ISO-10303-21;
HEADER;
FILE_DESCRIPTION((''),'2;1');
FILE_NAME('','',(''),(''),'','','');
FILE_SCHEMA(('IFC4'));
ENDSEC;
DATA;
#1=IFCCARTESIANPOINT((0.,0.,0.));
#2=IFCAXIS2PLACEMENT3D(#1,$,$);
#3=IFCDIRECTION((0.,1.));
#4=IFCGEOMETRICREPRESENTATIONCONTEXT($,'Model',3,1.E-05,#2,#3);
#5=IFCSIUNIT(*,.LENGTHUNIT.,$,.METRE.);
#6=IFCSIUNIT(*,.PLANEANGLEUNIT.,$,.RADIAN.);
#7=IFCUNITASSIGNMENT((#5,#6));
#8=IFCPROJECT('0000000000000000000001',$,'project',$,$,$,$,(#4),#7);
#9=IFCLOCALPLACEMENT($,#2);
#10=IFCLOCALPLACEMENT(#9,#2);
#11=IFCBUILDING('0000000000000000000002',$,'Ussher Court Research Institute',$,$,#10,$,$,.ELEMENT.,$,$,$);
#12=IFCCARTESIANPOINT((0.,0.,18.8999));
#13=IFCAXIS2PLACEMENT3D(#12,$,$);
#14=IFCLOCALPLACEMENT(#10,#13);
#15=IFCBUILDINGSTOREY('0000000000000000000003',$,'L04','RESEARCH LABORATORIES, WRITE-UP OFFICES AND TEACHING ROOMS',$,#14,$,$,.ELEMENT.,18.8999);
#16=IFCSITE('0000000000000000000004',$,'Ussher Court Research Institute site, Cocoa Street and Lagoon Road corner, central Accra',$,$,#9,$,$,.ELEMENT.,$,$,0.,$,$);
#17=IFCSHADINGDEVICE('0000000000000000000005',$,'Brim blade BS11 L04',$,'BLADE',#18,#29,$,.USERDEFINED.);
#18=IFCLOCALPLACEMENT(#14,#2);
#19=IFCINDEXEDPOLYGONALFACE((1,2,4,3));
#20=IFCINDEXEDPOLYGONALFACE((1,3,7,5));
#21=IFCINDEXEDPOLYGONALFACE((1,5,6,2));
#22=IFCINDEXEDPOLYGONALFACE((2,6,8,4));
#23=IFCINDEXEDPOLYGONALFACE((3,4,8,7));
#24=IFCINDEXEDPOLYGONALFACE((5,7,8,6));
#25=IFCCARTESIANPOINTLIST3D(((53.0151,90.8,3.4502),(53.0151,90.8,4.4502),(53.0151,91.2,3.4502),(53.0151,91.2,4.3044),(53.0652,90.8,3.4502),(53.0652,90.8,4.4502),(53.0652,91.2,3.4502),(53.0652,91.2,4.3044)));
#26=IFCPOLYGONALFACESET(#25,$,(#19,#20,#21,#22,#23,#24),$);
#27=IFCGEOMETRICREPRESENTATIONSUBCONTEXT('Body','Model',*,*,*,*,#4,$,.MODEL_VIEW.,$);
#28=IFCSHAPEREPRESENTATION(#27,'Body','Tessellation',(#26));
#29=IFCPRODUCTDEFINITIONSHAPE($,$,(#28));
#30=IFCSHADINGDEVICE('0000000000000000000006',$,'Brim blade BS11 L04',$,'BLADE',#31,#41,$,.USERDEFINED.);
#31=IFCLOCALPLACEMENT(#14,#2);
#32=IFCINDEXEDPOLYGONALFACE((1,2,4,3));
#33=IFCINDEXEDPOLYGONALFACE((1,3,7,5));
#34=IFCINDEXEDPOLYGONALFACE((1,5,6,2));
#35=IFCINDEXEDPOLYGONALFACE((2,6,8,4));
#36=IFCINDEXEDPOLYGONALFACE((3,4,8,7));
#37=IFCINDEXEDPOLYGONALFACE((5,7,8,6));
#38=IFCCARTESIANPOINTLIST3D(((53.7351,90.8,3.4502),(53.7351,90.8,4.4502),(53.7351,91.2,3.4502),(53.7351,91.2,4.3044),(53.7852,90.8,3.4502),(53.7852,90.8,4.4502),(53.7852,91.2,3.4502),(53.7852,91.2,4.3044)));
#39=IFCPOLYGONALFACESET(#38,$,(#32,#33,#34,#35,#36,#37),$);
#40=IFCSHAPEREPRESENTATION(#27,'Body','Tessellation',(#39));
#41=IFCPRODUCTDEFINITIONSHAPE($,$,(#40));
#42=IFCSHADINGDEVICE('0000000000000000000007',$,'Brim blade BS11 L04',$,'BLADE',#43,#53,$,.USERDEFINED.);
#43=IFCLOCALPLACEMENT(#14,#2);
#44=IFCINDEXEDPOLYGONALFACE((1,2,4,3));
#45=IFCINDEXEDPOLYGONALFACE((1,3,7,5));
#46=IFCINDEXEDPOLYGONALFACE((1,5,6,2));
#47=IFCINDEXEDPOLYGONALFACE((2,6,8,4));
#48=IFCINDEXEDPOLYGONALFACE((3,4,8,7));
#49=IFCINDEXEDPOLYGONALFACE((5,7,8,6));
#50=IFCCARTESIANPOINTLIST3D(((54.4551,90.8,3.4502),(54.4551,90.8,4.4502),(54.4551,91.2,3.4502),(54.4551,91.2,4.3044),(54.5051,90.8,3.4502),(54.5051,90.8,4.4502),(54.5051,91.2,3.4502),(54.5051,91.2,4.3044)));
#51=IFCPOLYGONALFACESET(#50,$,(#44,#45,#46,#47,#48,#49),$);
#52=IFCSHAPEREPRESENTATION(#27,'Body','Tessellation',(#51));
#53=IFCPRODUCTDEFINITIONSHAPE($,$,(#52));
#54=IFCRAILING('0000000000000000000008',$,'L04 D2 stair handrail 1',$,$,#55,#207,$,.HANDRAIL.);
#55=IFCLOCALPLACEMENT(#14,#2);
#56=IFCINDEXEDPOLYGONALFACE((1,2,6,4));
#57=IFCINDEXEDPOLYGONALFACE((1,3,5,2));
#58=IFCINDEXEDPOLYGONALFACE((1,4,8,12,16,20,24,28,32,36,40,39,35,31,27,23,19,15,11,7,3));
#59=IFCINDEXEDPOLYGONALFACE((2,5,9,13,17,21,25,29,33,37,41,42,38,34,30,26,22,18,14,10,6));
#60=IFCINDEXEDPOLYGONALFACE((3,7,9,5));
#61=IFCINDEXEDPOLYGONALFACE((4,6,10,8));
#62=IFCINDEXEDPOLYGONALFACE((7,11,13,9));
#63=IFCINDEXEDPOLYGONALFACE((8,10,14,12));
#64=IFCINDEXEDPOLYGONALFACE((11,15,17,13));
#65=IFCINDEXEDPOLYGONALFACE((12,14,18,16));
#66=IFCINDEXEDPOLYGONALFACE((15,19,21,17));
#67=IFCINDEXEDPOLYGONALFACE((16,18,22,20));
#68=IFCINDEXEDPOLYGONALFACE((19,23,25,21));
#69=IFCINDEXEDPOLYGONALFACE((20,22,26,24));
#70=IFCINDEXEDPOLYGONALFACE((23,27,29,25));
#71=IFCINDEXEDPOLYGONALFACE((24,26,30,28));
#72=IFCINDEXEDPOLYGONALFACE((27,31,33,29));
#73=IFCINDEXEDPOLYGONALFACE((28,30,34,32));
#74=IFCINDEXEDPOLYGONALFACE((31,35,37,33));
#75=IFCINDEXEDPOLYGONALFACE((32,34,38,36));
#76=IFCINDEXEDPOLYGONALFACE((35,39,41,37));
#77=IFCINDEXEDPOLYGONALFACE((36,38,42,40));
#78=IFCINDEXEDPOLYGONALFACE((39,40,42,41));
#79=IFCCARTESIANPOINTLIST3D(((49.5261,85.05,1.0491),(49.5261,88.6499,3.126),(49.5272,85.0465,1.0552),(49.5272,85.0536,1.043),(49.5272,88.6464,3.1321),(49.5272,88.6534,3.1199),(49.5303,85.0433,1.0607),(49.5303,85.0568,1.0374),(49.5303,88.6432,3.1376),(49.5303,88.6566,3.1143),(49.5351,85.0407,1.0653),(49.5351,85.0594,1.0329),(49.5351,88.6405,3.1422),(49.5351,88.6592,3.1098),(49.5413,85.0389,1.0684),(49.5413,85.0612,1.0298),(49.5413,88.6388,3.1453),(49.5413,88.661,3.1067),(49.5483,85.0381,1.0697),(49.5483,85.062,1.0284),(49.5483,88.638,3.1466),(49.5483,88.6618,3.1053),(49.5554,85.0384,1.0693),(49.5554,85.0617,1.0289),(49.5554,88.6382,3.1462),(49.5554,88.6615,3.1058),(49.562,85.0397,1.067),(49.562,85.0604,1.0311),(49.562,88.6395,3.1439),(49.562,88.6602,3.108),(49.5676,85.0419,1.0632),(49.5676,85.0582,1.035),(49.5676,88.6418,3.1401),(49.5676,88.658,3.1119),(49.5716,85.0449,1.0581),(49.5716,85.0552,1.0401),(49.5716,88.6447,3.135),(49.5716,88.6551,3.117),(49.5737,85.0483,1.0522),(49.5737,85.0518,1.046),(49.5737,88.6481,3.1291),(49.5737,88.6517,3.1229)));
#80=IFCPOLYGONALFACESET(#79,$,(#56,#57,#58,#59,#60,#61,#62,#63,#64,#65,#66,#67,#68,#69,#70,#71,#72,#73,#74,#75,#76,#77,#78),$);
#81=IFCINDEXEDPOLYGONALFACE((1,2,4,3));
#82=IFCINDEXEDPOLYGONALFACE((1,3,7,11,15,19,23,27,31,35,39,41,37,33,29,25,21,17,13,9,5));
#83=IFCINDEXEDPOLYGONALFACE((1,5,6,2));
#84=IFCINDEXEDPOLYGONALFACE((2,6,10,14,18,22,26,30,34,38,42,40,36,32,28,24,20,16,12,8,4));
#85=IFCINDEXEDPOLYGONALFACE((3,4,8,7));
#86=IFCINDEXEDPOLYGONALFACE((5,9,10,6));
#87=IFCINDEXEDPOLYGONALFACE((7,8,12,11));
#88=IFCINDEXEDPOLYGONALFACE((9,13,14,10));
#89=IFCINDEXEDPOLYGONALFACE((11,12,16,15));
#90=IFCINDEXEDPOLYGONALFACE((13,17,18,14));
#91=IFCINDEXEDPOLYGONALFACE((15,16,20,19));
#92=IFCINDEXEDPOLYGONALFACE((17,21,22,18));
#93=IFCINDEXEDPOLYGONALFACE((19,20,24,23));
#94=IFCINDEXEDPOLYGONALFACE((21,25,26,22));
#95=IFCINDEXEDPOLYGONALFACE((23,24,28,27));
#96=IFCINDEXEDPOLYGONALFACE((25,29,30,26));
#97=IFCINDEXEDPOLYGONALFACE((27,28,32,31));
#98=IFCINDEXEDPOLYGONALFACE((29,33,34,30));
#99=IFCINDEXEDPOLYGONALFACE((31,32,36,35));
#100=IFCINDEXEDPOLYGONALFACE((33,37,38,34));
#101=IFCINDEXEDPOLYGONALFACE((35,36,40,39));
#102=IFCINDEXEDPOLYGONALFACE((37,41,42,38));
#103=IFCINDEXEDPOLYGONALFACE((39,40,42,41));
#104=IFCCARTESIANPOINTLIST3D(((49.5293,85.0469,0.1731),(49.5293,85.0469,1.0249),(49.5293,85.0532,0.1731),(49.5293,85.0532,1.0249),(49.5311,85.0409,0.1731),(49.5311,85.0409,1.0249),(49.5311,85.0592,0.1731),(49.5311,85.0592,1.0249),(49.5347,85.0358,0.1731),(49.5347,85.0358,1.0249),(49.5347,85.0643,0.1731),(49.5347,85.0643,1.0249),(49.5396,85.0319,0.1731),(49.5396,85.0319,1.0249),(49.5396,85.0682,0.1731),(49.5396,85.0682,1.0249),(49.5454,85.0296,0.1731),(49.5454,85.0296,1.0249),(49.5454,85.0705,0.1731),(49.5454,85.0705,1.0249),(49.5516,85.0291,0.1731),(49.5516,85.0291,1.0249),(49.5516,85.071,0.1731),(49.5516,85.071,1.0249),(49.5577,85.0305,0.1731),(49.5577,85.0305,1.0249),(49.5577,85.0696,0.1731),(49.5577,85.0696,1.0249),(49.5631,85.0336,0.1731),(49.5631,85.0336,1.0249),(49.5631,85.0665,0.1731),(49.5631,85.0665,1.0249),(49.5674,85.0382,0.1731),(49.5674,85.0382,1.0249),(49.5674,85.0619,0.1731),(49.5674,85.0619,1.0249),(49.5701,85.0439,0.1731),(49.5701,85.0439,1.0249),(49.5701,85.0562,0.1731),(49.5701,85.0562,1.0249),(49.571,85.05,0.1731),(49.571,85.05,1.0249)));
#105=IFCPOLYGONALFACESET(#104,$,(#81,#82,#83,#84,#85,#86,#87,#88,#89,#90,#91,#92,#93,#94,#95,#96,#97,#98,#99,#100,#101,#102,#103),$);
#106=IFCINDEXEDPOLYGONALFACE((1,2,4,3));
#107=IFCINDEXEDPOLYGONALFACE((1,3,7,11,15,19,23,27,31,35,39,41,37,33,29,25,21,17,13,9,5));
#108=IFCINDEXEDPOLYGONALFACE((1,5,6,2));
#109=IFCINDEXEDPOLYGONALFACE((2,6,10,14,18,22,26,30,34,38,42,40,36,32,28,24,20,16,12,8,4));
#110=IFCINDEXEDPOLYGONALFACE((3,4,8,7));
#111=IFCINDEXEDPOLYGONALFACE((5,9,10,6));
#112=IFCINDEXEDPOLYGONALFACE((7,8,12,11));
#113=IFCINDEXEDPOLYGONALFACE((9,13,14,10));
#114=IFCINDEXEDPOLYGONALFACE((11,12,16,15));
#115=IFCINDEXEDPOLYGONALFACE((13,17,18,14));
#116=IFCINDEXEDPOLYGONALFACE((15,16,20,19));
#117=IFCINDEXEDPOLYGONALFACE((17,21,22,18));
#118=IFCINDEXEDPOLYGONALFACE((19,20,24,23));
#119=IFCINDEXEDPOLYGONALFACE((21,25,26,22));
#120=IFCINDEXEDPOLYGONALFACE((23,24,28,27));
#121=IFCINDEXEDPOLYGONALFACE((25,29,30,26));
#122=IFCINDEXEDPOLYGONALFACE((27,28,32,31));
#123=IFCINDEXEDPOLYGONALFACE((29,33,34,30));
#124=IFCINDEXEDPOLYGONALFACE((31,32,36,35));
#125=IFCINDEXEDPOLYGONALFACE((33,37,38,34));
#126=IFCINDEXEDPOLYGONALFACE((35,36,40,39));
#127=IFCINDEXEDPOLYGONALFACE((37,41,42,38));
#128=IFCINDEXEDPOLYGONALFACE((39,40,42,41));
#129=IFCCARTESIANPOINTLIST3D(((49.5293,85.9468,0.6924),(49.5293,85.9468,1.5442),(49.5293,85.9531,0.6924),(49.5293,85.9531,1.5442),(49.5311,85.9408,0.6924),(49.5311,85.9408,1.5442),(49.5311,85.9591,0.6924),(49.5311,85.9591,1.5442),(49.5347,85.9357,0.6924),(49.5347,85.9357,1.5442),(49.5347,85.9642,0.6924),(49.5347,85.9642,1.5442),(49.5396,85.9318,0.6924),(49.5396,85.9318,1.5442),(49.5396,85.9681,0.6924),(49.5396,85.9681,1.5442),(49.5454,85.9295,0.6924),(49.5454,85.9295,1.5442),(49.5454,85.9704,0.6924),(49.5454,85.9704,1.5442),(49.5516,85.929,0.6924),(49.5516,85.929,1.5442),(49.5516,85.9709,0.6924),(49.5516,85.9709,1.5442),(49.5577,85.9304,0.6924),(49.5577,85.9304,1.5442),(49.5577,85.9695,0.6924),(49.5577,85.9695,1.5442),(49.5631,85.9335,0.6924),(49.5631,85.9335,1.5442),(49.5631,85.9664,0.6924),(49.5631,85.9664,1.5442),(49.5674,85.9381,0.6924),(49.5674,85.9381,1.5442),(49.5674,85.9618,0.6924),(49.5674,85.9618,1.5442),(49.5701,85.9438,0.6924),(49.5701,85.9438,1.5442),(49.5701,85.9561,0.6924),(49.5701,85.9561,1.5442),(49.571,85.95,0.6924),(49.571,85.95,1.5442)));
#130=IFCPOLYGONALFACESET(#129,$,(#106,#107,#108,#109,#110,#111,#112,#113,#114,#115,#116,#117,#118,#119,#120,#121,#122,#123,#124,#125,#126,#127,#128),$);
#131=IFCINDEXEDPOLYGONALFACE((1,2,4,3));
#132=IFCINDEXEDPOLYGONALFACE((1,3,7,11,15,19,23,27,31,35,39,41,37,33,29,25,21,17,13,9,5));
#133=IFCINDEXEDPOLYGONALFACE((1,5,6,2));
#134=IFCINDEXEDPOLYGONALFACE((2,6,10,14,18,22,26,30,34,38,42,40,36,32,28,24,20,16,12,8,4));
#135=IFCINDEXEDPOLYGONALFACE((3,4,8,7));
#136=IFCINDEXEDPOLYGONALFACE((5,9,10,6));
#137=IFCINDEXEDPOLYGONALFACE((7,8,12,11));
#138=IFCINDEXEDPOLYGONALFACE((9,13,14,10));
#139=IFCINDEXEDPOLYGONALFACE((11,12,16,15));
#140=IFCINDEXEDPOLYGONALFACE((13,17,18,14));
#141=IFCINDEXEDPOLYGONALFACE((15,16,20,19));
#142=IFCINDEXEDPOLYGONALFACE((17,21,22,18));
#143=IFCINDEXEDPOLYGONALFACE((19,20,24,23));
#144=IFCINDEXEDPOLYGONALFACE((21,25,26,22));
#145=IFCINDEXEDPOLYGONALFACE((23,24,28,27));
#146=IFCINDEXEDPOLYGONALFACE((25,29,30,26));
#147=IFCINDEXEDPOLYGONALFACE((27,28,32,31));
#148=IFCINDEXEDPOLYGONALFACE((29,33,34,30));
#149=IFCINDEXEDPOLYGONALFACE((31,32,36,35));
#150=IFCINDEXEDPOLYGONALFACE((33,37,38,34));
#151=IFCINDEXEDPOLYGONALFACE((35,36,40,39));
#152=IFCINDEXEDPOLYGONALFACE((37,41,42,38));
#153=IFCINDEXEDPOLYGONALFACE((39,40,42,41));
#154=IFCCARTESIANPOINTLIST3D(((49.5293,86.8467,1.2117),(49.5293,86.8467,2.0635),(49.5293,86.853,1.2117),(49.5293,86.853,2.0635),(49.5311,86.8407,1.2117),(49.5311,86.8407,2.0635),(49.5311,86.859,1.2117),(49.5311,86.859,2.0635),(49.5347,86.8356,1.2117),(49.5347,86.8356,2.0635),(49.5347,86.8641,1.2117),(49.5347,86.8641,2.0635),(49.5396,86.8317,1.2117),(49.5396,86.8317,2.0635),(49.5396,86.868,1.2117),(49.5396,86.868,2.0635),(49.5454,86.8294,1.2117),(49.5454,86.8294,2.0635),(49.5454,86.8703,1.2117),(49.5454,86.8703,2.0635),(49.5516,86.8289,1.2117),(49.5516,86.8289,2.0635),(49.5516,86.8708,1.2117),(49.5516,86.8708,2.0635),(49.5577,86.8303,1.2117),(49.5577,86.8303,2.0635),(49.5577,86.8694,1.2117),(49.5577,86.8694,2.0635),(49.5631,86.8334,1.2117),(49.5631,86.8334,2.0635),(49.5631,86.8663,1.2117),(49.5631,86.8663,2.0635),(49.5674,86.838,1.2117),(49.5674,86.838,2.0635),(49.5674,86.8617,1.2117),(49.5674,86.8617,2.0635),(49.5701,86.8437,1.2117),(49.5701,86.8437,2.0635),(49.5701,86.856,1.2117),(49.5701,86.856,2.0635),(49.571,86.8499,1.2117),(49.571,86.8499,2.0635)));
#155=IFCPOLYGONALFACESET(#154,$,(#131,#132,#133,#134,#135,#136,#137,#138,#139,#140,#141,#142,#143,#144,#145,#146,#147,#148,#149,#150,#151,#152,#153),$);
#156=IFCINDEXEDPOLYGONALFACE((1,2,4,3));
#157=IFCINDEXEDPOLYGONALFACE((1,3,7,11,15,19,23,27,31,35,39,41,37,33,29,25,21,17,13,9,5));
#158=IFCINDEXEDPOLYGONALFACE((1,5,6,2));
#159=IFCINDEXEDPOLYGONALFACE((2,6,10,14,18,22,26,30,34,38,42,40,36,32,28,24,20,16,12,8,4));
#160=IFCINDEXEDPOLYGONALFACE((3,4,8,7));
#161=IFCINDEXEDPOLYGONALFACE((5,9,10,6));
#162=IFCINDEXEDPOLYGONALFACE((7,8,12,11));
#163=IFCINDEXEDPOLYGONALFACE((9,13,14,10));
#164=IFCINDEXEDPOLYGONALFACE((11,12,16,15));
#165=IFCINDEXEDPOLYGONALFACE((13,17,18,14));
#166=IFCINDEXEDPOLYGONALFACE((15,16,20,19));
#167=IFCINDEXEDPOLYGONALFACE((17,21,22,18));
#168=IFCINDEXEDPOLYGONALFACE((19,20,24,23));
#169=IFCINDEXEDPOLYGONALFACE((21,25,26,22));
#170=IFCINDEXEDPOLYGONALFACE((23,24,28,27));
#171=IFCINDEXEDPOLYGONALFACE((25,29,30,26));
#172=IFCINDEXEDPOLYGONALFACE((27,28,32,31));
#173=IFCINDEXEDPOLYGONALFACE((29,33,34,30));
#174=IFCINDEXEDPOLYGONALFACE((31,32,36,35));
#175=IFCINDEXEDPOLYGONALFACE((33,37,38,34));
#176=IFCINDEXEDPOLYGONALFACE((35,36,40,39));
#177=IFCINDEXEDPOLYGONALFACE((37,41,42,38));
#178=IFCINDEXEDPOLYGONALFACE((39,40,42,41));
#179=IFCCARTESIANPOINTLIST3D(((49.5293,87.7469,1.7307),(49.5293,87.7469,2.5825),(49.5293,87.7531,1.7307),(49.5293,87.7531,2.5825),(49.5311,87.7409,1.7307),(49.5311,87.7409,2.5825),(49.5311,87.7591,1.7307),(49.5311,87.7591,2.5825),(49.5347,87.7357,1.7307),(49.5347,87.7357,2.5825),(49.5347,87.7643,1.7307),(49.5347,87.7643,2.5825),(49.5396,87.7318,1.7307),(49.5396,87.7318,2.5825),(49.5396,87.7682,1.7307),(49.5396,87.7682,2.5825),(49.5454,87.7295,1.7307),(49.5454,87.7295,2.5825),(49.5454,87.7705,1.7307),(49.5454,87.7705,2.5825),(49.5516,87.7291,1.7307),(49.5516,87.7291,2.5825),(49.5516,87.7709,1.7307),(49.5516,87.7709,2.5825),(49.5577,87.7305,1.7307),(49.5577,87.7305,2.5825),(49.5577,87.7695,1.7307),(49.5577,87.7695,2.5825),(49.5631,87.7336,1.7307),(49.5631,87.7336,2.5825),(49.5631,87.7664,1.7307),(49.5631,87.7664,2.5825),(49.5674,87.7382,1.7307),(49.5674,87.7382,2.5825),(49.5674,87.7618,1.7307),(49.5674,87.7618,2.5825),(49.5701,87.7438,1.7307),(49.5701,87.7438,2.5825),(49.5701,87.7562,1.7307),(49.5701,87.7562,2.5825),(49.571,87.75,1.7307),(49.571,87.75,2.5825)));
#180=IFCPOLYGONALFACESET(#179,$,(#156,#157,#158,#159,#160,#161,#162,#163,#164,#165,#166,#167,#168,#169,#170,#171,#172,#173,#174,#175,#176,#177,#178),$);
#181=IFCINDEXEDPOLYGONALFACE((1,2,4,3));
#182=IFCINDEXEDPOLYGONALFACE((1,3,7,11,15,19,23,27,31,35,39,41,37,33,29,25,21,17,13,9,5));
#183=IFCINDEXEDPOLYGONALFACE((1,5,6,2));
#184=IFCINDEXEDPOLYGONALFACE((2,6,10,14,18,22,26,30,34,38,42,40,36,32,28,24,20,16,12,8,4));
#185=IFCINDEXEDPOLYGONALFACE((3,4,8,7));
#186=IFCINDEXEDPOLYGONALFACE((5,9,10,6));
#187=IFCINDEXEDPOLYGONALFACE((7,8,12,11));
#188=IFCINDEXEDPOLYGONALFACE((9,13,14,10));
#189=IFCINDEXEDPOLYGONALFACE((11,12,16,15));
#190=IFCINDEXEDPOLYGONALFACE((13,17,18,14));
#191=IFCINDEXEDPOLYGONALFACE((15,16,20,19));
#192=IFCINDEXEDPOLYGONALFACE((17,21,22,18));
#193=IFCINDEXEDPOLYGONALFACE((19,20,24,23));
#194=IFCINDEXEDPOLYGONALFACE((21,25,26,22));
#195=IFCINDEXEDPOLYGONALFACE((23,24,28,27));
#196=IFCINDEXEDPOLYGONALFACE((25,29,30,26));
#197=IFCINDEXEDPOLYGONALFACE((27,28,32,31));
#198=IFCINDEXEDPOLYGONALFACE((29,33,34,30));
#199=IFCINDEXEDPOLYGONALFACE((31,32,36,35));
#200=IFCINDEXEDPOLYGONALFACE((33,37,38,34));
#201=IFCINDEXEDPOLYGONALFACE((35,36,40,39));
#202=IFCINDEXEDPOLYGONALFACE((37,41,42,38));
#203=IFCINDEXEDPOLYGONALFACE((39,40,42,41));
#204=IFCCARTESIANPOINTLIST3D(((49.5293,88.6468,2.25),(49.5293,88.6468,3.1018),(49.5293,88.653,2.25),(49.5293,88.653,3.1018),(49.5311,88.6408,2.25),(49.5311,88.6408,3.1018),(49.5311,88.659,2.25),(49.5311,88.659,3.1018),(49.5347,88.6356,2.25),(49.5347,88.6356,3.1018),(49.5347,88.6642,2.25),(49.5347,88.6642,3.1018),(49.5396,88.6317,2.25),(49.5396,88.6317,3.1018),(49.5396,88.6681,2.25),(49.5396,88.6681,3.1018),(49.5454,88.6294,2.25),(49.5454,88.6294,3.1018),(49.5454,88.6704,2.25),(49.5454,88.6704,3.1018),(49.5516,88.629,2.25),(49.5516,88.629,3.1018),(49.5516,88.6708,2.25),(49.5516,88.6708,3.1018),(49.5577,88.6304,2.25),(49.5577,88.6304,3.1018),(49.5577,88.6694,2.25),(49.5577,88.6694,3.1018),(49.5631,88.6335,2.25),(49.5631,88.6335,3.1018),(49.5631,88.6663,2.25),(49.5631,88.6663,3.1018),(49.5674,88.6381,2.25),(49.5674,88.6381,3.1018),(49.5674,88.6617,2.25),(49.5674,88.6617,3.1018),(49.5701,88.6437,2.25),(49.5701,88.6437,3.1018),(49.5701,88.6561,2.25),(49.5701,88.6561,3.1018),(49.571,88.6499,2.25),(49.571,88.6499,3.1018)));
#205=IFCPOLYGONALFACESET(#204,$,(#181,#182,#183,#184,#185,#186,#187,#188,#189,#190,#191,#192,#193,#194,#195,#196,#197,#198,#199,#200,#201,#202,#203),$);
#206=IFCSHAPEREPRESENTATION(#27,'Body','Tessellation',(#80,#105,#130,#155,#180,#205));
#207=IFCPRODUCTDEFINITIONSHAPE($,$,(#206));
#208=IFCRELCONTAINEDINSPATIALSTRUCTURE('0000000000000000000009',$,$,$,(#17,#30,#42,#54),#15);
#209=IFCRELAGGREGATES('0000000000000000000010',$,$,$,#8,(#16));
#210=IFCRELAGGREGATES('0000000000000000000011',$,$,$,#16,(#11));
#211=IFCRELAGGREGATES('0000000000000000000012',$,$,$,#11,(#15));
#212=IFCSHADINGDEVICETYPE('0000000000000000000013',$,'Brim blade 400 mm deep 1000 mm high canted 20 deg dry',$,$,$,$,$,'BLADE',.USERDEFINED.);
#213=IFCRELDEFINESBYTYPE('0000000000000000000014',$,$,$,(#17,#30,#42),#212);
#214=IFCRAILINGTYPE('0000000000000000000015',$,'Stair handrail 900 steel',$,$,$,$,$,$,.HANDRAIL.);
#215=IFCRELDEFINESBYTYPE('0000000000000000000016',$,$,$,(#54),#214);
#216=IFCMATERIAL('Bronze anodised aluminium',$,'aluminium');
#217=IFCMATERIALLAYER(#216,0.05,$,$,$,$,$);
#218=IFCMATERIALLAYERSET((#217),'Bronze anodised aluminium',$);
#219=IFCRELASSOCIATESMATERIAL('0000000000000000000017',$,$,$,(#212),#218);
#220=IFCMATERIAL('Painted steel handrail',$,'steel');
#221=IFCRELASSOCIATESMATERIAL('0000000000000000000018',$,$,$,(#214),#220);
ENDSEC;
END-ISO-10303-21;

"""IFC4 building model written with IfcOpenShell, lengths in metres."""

from ifc_helpers import new_model, si_unit, direction, frame, origin, origin_2d, place, context, subcontext, project, spatial, polyline, circle, outline, extrude, material, layer, layer_set, type_object, element, save


model = new_model("IFC4")

# Units and contexts
model_context = context("Model", 3, precision=1e-05, world=origin(), true_north=direction((0.0, 1.0)))
body_context = subcontext(model_context, "Body", "Model", "MODEL_VIEW")
ifc_project = project(units=[si_unit("LENGTHUNIT", "METRE"), si_unit("PLANEANGLEUNIT", "RADIAN")], contexts=[model_context])

# Site, building, storey
site_placement = place(None, origin())
site = spatial("IfcSite", under=ifc_project, at=site_placement, Name="Ussher Court Research Institute site, Cocoa Street and Lagoon Road corner, central Accra", CompositionType="ELEMENT", RefElevation=0.0)
building_placement = place(site_placement, origin())
building = spatial("IfcBuilding", under=site, at=building_placement, Name="Ussher Court Research Institute", CompositionType="ELEMENT")
storey_placement = place(building_placement, frame((0.0, 0.0, 18.8999)))
storey = spatial("IfcBuildingStorey", under=building, at=storey_placement, Name="L04", Description="RESEARCH LABORATORIES, WRITE-UP OFFICES AND TEACHING ROOMS", CompositionType="ELEMENT", Elevation=18.8999)

# Shading devices
ifc_material_1 = material(Name="Bronze anodised aluminium", Category="aluminium")
ifc_layer_1 = layer(ifc_material_1, 0.05)
ifc_layer_set_1 = layer_set([ifc_layer_1], Name="Bronze anodised aluminium")
shading_device_type_1 = type_object("IfcShadingDeviceType", Name="Brim blade 400 mm deep 1000 mm high canted 20 deg dry", ElementType="BLADE", PredefinedType="USERDEFINED", material=ifc_layer_set_1)
for number, where, z_axis, x_axis, name in (
    (1, (53.04, 90.8, 3.4502), (0.0, 0.0, 1.0), (0.0, 1.0, 0.0), "Brim blade BS11 L04"),
    (2, (53.76, 90.8, 3.4502), (0.0, 0.0, 1.0), (0.0, 1.0, 0.0), "Brim blade BS11 L04"),
    (3, (54.48, 90.8, 3.4502), (0.0, 0.0, 1.0), (0.0, 1.0, 0.0), "Brim blade BS11 L04"),
):
    element("IfcShadingDevice", number, at=place(storey_placement, frame(where, z_axis=z_axis, x_axis=x_axis)), inside=storey, type_object=shading_device_type_1, Name=name, ObjectType="BLADE", PredefinedType="USERDEFINED", context=body_context, shape_type="SweptSolid", body=[
        extrude(outline(polyline([(0.0, 0.0), (0.3999, 0.0), (0.3999, 0.8542), (0.0, 1.0), (0.0, 0.0)])), frame((0.0, 0.0249, 0.0), z_axis=(0.0, -1.0, 0.0), x_axis=(1.0, 0.0, 0.0)), (0.0, 0.0, 1.0), 0.05),
    ])

# Railing
ifc_material_2 = material(Name="Painted steel handrail", Category="steel")
railing_type = type_object("IfcRailingType", Name="Stair handrail 900 steel", PredefinedType="HANDRAIL", material=ifc_material_2)
railing_placement = place(storey_placement, frame((49.55, 85.05, 0.1731)))
element("IfcRailing", 4, at=railing_placement, inside=storey, type_object=railing_type, Name="L04 D2 stair handrail 1", PredefinedType="HANDRAIL", context=body_context, shape_type="SweptSolid", body=[
    extrude(circle(Radius=0.0239, at=origin_2d()), frame((0.0, 0.0, 0.876), z_axis=(0.0, 0.866179, 0.499734), x_axis=(-1.0, 0.0, 0.0)), (0.0, 0.0, 1.0), 4.156),
    extrude(circle(Radius=0.021, at=origin_2d()), origin(), (0.0, 0.0, 1.0), 0.8518),
    extrude(circle(Radius=0.021, at=origin_2d()), frame((0.0, 0.8999, 0.5193)), (0.0, 0.0, 1.0), 0.8518),
    extrude(circle(Radius=0.021, at=origin_2d()), frame((0.0, 1.7998, 1.0386)), (0.0, 0.0, 1.0), 0.8518),
    extrude(circle(Radius=0.021, at=origin_2d()), frame((0.0, 2.7, 1.5576)), (0.0, 0.0, 1.0), 0.8518),
    extrude(circle(Radius=0.021, at=origin_2d()), frame((0.0, 3.5999, 2.0769)), (0.0, 0.0, 1.0), 0.8518),
])

save(model, "model.ifc")
